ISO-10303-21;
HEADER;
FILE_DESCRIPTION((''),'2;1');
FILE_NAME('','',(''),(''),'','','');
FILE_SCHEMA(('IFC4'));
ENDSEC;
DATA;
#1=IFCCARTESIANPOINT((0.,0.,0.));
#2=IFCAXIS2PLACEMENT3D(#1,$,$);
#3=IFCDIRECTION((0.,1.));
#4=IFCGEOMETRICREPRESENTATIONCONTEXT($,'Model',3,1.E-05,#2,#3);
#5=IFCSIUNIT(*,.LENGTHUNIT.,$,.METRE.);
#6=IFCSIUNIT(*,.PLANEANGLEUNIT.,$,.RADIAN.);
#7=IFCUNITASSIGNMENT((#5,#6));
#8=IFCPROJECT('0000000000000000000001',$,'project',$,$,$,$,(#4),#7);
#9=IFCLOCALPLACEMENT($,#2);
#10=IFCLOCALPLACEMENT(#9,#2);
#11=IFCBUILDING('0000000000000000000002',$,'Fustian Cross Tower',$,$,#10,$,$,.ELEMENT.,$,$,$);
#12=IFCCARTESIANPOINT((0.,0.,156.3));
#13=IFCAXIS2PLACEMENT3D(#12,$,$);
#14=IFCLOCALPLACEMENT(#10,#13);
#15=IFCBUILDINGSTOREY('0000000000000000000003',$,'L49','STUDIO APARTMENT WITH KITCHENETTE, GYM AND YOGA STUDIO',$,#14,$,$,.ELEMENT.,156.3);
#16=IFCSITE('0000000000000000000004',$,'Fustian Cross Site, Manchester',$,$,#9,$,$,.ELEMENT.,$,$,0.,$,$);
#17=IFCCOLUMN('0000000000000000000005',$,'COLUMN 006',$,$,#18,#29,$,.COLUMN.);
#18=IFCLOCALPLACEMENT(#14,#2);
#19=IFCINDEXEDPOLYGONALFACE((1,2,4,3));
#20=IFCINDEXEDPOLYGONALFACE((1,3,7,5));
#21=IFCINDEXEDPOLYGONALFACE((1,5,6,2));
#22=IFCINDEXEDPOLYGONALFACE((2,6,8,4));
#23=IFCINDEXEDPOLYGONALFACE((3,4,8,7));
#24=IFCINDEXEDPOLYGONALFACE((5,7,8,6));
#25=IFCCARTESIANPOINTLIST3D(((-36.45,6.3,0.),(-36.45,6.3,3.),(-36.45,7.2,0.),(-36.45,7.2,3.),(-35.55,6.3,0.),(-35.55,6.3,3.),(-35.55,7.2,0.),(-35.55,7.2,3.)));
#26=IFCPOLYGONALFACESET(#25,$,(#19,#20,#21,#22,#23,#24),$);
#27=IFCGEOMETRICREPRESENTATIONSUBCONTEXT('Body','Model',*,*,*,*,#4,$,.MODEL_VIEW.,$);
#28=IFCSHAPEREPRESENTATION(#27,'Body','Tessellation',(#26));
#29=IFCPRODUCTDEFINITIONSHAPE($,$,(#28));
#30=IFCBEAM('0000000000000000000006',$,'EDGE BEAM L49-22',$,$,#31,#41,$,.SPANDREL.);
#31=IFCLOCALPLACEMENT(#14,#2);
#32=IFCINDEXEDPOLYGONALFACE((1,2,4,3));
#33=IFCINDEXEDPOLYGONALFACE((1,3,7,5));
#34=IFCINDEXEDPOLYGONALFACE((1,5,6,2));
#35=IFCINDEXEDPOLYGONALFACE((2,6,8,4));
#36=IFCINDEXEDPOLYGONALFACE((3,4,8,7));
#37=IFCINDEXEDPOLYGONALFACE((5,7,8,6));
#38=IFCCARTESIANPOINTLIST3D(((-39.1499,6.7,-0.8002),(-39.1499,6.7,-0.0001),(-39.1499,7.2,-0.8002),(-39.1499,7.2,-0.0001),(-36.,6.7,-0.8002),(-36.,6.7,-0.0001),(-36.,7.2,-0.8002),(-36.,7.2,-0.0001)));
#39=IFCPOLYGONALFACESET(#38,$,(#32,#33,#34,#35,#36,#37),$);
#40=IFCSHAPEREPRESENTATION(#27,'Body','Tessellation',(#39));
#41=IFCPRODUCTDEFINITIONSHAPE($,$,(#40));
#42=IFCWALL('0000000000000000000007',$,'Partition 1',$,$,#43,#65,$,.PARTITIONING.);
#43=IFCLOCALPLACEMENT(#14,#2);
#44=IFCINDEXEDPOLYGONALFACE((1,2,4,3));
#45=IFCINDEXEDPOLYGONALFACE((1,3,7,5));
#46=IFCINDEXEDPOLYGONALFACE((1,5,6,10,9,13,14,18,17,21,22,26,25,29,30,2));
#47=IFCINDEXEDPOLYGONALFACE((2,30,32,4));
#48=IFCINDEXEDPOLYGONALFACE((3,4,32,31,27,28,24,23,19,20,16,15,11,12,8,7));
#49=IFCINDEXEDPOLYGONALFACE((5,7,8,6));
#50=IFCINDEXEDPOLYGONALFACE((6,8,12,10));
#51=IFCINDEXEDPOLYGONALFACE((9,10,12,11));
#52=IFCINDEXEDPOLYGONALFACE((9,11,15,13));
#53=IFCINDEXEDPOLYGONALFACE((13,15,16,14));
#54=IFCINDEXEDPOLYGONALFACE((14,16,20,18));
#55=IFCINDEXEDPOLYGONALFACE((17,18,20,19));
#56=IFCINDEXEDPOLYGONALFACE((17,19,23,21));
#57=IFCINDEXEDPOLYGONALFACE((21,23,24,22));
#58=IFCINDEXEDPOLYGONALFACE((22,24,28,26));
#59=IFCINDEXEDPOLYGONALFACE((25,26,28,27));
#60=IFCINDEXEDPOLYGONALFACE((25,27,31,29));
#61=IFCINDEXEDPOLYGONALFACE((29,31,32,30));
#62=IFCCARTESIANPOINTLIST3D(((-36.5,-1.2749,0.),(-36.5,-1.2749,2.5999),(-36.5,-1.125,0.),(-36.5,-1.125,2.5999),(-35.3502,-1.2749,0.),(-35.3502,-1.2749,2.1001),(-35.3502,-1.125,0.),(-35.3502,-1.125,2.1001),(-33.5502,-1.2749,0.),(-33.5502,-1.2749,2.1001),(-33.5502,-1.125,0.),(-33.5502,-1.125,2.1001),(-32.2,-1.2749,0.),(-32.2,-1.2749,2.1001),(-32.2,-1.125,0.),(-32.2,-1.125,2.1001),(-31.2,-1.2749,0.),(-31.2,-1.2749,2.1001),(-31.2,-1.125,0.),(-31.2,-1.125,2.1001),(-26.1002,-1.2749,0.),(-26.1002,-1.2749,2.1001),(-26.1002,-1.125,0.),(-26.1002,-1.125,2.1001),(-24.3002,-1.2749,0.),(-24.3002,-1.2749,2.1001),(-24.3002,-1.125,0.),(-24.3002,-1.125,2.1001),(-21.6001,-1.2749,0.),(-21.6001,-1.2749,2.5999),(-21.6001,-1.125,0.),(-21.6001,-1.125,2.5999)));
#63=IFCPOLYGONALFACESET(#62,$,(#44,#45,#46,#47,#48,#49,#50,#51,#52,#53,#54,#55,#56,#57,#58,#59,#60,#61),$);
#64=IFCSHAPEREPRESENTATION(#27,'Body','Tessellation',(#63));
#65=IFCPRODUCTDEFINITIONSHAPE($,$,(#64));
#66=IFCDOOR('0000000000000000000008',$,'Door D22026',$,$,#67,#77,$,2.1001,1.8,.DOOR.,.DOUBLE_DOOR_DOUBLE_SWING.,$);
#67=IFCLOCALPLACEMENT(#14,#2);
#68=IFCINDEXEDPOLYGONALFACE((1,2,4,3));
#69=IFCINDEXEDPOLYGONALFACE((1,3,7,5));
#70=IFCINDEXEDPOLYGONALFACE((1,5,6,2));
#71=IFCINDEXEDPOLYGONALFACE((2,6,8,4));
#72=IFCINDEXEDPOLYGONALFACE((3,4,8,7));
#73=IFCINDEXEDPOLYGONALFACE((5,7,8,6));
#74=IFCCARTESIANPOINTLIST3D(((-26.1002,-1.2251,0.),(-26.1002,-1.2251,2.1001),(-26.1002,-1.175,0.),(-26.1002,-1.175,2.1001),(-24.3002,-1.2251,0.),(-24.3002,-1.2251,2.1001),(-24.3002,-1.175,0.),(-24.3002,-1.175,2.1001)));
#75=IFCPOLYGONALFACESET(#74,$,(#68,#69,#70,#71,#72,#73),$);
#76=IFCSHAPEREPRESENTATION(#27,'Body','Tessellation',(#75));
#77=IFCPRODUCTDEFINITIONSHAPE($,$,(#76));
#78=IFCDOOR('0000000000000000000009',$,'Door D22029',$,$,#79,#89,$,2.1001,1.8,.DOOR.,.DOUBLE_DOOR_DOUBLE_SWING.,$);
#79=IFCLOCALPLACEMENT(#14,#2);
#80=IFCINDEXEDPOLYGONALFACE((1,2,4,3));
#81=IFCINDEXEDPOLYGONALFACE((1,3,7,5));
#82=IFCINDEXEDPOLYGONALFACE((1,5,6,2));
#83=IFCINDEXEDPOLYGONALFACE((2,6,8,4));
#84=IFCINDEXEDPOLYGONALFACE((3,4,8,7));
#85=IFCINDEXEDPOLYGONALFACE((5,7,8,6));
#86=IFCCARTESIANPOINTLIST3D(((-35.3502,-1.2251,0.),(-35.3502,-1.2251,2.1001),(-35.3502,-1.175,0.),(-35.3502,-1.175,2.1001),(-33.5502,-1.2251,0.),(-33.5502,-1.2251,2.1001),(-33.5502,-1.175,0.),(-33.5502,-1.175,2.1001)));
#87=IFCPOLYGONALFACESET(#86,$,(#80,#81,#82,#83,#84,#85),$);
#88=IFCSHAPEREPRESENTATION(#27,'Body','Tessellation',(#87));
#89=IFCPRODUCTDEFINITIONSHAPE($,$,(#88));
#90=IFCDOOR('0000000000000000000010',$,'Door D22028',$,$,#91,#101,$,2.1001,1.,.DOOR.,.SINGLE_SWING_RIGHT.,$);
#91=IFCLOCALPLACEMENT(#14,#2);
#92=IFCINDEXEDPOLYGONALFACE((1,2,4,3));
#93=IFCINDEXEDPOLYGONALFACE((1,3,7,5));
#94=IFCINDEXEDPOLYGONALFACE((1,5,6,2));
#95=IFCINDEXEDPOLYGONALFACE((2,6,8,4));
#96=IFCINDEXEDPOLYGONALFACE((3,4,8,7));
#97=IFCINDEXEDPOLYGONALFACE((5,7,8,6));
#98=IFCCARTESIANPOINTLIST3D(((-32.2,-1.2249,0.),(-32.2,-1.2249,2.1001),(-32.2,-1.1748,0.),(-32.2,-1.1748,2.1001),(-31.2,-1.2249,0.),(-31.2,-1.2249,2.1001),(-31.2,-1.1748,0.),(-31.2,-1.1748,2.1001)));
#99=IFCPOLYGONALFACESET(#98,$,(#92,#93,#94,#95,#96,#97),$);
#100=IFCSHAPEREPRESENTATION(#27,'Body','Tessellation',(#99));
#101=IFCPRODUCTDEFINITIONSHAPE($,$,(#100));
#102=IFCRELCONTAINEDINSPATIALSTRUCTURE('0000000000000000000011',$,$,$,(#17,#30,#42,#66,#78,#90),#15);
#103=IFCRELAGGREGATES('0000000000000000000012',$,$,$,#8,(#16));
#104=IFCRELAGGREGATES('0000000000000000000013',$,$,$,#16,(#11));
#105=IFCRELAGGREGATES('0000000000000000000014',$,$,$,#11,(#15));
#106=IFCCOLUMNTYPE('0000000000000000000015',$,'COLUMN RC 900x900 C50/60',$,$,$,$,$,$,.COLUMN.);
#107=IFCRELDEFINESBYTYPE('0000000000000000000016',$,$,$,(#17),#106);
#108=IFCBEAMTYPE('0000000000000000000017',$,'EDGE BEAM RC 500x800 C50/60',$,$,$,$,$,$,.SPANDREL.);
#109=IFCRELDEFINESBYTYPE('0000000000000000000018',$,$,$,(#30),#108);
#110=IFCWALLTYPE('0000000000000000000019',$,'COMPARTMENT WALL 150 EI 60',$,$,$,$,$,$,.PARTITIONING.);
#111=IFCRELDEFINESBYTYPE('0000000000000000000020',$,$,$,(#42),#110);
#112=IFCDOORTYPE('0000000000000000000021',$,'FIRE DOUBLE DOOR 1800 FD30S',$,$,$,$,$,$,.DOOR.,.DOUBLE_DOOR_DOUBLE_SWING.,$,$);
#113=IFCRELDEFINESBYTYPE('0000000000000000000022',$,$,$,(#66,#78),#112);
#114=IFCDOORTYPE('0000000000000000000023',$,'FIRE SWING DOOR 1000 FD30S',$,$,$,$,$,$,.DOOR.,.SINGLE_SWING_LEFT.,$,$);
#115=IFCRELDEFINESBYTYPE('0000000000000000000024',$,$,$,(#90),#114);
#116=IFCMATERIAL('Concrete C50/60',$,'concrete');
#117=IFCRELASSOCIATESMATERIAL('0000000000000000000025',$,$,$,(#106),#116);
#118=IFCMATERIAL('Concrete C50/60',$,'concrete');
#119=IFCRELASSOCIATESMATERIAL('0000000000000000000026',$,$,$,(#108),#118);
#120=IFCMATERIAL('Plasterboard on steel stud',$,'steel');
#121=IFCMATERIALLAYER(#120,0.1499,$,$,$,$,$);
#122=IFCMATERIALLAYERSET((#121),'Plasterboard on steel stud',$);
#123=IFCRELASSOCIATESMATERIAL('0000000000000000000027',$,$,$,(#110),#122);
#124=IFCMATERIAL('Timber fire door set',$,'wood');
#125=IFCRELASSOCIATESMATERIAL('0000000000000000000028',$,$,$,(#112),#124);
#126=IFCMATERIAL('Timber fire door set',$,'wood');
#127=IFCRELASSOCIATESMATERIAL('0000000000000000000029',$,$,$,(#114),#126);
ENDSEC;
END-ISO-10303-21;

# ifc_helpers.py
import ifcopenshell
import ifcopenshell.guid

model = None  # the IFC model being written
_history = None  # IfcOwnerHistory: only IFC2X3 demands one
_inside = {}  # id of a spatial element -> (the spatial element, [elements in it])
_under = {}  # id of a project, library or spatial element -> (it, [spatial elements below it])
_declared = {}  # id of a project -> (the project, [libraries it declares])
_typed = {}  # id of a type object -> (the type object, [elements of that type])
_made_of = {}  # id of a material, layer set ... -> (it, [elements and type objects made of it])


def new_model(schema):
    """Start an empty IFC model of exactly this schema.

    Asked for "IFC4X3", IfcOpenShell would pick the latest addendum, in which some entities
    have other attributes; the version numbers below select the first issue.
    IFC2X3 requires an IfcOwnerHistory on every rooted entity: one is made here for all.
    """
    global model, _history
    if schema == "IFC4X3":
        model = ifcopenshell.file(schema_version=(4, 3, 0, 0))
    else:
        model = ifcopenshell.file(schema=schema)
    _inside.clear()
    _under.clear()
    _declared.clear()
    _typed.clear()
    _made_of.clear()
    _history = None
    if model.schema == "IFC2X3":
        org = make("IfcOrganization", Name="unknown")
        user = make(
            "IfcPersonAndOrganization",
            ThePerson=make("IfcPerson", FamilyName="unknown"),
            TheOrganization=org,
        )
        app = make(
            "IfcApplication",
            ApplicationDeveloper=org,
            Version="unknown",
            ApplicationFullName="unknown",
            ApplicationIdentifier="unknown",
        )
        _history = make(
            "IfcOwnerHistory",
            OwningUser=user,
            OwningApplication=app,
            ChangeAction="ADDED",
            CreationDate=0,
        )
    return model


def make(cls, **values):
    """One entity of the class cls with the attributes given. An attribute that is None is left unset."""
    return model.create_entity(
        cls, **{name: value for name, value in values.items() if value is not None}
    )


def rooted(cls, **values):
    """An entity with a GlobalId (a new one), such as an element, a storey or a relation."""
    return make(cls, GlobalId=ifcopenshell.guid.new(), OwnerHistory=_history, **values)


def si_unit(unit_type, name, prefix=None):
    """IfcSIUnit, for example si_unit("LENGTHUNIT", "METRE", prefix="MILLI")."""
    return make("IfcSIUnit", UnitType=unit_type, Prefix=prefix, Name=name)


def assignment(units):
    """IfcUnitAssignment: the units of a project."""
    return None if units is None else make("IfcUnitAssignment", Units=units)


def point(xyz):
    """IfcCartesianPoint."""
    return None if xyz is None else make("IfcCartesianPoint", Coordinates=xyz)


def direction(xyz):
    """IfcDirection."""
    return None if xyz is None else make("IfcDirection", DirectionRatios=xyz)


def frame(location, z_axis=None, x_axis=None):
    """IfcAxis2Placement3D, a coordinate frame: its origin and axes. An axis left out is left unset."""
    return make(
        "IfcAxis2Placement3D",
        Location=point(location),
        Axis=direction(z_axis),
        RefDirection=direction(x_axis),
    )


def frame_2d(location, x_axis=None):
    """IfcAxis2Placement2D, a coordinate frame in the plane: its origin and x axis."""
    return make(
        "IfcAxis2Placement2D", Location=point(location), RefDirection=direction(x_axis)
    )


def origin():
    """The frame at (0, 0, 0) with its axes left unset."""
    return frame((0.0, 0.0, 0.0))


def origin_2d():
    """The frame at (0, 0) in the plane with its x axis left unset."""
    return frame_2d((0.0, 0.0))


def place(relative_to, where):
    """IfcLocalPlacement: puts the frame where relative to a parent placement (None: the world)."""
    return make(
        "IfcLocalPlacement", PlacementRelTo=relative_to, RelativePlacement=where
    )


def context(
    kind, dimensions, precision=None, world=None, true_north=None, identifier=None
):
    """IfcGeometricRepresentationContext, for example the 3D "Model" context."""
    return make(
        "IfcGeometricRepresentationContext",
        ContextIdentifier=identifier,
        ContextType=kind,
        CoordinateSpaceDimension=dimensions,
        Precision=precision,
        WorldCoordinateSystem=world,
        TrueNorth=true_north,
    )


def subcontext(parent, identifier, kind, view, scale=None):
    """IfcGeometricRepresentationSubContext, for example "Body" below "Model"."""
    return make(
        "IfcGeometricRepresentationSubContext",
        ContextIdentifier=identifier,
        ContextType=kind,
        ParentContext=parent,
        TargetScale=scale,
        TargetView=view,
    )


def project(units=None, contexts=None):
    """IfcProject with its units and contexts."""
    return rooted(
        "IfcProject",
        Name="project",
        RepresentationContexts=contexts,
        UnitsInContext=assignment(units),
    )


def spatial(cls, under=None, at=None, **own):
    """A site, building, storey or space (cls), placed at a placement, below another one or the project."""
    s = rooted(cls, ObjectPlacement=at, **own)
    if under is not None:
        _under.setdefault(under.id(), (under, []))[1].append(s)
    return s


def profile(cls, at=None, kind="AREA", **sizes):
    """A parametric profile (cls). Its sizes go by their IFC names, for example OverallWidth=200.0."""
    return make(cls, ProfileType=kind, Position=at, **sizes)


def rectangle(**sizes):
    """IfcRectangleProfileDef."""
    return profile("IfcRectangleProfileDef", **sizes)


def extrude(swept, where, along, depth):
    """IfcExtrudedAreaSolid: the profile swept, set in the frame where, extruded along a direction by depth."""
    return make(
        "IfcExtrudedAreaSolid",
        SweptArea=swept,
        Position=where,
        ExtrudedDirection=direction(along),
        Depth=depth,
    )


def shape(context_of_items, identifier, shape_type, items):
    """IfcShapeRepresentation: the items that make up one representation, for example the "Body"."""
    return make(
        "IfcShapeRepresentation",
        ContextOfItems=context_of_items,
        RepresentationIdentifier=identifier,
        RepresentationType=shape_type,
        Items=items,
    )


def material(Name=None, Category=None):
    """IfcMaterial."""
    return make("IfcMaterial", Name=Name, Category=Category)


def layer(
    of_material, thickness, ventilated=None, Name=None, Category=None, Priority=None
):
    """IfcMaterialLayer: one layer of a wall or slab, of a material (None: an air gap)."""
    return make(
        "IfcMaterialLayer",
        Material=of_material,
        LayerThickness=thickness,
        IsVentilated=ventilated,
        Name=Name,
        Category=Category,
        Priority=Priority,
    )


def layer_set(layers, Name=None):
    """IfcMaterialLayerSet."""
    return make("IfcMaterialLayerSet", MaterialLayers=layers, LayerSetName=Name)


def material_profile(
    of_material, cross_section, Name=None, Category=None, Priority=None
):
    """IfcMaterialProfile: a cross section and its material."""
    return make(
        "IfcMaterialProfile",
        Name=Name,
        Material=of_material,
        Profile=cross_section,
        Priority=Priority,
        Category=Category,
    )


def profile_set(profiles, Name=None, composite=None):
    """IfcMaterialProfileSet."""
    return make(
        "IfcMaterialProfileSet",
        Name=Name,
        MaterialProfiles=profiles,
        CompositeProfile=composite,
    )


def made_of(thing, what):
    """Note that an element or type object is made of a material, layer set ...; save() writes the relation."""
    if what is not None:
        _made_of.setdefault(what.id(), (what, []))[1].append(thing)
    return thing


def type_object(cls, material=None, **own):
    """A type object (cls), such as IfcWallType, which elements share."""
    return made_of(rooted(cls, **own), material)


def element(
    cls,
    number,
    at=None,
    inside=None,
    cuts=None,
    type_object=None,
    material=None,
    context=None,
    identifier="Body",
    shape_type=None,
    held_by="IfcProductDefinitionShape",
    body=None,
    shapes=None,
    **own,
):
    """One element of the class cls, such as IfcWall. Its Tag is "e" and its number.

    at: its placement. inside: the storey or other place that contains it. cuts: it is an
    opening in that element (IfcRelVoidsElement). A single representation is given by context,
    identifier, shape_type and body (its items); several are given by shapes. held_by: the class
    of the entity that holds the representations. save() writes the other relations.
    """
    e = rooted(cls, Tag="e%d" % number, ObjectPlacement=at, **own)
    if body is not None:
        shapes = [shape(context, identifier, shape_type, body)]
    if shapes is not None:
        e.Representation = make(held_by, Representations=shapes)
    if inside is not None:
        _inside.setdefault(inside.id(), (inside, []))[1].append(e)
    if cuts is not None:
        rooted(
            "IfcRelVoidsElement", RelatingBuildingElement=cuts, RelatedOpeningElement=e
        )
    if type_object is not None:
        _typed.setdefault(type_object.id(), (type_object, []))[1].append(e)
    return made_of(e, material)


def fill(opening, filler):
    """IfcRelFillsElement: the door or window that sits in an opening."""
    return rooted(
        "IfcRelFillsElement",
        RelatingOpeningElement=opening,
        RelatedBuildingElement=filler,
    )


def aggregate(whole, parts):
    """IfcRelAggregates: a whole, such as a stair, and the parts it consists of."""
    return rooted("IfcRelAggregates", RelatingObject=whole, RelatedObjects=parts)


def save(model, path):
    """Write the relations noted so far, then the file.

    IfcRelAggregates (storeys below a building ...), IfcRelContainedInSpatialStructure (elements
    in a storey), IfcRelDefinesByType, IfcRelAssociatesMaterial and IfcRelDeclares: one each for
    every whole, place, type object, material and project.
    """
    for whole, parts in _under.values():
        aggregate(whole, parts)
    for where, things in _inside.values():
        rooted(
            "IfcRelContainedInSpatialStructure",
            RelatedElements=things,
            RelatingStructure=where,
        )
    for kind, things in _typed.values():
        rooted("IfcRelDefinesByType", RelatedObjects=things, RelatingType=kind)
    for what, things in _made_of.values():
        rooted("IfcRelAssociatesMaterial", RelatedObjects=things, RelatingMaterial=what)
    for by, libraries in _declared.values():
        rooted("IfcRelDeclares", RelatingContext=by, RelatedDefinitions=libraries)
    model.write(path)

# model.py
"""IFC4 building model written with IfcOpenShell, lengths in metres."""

from ifc_helpers import new_model, si_unit, direction, frame, frame_2d, origin, origin_2d, place, context, subcontext, project, spatial, rectangle, extrude, material, layer, layer_set, material_profile, profile_set, type_object, element, fill, save


model = new_model("IFC4")

# Units and contexts
model_context = context("Model", 3, precision=1e-05, world=origin(), true_north=direction((0.0, 1.0)))
body_context = subcontext(model_context, "Body", "Model", "MODEL_VIEW")
ifc_project = project(units=[si_unit("LENGTHUNIT", "METRE"), si_unit("PLANEANGLEUNIT", "RADIAN")], contexts=[model_context])

# Site, building, storey
site_placement = place(None, origin())
site = spatial("IfcSite", under=ifc_project, at=site_placement, Name="Fustian Cross Site, Manchester", CompositionType="ELEMENT", RefElevation=0.0)
building_placement = place(site_placement, origin())
building = spatial("IfcBuilding", under=site, at=building_placement, Name="Fustian Cross Tower", CompositionType="ELEMENT")
storey_placement = place(building_placement, frame((0.0, 0.0, 156.3)))
storey = spatial("IfcBuildingStorey", under=building, at=storey_placement, Name="L49", Description="STUDIO APARTMENT WITH KITCHENETTE, GYM AND YOGA STUDIO", CompositionType="ELEMENT", Elevation=156.3)

# Column
ifc_material_1 = material(Name="Concrete C50/60", Category="concrete")
ifc_material_profile_1 = material_profile(ifc_material_1, rectangle(XDim=0.8999, YDim=0.8999, at=origin_2d()), Name="RC 900x900")
ifc_profile_set_1 = profile_set([ifc_material_profile_1], Name="Concrete C50/60")
column_type = type_object("IfcColumnType", Name="COLUMN RC 900x900 C50/60", PredefinedType="COLUMN", material=ifc_profile_set_1)
column_placement = place(storey_placement, frame((-36.0, 6.75, 0.0), z_axis=(0.0, 0.0, 1.0), x_axis=(1.0, 0.0, 0.0)))
element("IfcColumn", 1, at=column_placement, inside=storey, type_object=column_type, Name="COLUMN 006", PredefinedType="COLUMN", context=body_context, shape_type="SweptSolid", body=[
    extrude(rectangle(XDim=0.8999, YDim=0.8999, at=origin_2d()), origin(), (0.0, 0.0, 1.0), 3.0),
])

# Beam
ifc_material_2 = material(Name="Concrete C50/60", Category="concrete")
ifc_material_profile_2 = material_profile(ifc_material_2, rectangle(XDim=0.5, YDim=0.8, at=origin_2d()), Name="RC 500x800")
ifc_profile_set_2 = profile_set([ifc_material_profile_2], Name="Concrete C50/60")
beam_type = type_object("IfcBeamType", Name="EDGE BEAM RC 500x800 C50/60", PredefinedType="SPANDREL", material=ifc_profile_set_2)
beam_placement = place(storey_placement, frame((-36.0, 6.95, -0.4001), z_axis=(-1.0, 0.0, 0.0), x_axis=(0.0, -1.0, 0.0)))
element("IfcBeam", 2, at=beam_placement, inside=storey, type_object=beam_type, Name="EDGE BEAM L49-22", PredefinedType="SPANDREL", context=body_context, shape_type="SweptSolid", body=[
    extrude(rectangle(XDim=0.5, YDim=0.8, at=origin_2d()), origin(), (0.0, 0.0, 1.0), 3.1499),
])

# Wall, openings, doors
ifc_material_3 = material(Name="Plasterboard on steel stud", Category="steel")
ifc_layer_1 = layer(ifc_material_3, 0.1499)
ifc_layer_set_1 = layer_set([ifc_layer_1], Name="Plasterboard on steel stud")
wall_type_1 = type_object("IfcWallType", Name="COMPARTMENT WALL 150 EI 60", PredefinedType="PARTITIONING", material=ifc_layer_set_1)
wall_1_placement = place(storey_placement, frame((-36.5, -1.2, 0.0), z_axis=(0.0, 0.0, 1.0), x_axis=(1.0, 0.0, 0.0)))
wall_1 = element("IfcWall", 3, at=wall_1_placement, inside=storey, type_object=wall_type_1, Name="Partition 1", PredefinedType="PARTITIONING", context=body_context, shape_type="SweptSolid", body=[
    extrude(rectangle(XDim=14.8999, YDim=0.1499, at=frame_2d((7.45, 0.0))), origin(), (0.0, 0.0, 1.0), 2.5999),
])
opening_1_placement = place(wall_1_placement, frame((10.3999, 0.0, 0.0)))
opening_1 = element("IfcOpeningElement", 4, at=opening_1_placement, cuts=wall_1, PredefinedType="OPENING", context=body_context, shape_type="SweptSolid", body=[
    extrude(rectangle(XDim=1.8, YDim=2.1001, at=frame_2d((0.8999, 1.05))), frame((0.0, 0.085, 0.0), z_axis=(0.0, -1.0, 0.0), x_axis=(1.0, 0.0, 0.0)), (0.0, 0.0, 1.0), 0.1699),
])
opening_2_placement = place(wall_1_placement, frame((4.3, 0.0, 0.0)))
opening_2 = element("IfcOpeningElement", 5, at=opening_2_placement, cuts=wall_1, PredefinedType="OPENING", context=body_context, shape_type="SweptSolid", body=[
    extrude(rectangle(XDim=1.0, YDim=2.1001, at=frame_2d((0.5, 1.05))), frame((0.0, 0.085, 0.0), z_axis=(0.0, -1.0, 0.0), x_axis=(1.0, 0.0, 0.0)), (0.0, 0.0, 1.0), 0.1699),
])
opening_3_placement = place(wall_1_placement, frame((1.1499, 0.0, 0.0)))
opening_3 = element("IfcOpeningElement", 6, at=opening_3_placement, cuts=wall_1, PredefinedType="OPENING", context=body_context, shape_type="SweptSolid", body=[
    extrude(rectangle(XDim=1.8, YDim=2.1001, at=frame_2d((0.8999, 1.05))), frame((0.0, 0.085, 0.0), z_axis=(0.0, -1.0, 0.0), x_axis=(1.0, 0.0, 0.0)), (0.0, 0.0, 1.0), 0.1699),
])
ifc_material_4 = material(Name="Timber fire door set", Category="wood")
door_type_1 = type_object("IfcDoorType", Name="FIRE DOUBLE DOOR 1800 FD30S", OperationType="DOUBLE_DOOR_DOUBLE_SWING", PredefinedType="DOOR", material=ifc_material_4)
door_1_placement = place(opening_1_placement, origin())
door_1 = element("IfcDoor", 7, at=door_1_placement, inside=storey, type_object=door_type_1, Name="Door D22026", OperationType="DOUBLE_DOOR_DOUBLE_SWING", OverallHeight=2.1001, OverallWidth=1.8, PredefinedType="DOOR", context=body_context, shape_type="SweptSolid", body=[
    extrude(rectangle(XDim=1.8, YDim=2.1001, at=frame_2d((0.8999, 1.05))), frame((0.0, 0.0249, 0.0), z_axis=(0.0, -1.0, 0.0), x_axis=(1.0, 0.0, 0.0)), (0.0, 0.0, 1.0), 0.05),
])
fill(opening_1, door_1)
door_2_placement = place(opening_3_placement, origin())
door_2 = element("IfcDoor", 8, at=door_2_placement, inside=storey, type_object=door_type_1, Name="Door D22029", OperationType="DOUBLE_DOOR_DOUBLE_SWING", OverallHeight=2.1001, OverallWidth=1.8, PredefinedType="DOOR", context=body_context, shape_type="SweptSolid", body=[
    extrude(rectangle(XDim=1.8, YDim=2.1001, at=frame_2d((0.8999, 1.05))), frame((0.0, 0.0249, 0.0), z_axis=(0.0, -1.0, 0.0), x_axis=(1.0, 0.0, 0.0)), (0.0, 0.0, 1.0), 0.05),
])
fill(opening_3, door_2)
ifc_material_5 = material(Name="Timber fire door set", Category="wood")
door_type_2 = type_object("IfcDoorType", Name="FIRE SWING DOOR 1000 FD30S", OperationType="SINGLE_SWING_LEFT", PredefinedType="DOOR", material=ifc_material_5)
door_3_placement = place(opening_2_placement, frame((1.0, 0.0, 0.0), z_axis=(0.0, 0.0, 1.0), x_axis=(-1.0, 0.0, 0.0)))
door_3 = element("IfcDoor", 9, at=door_3_placement, inside=storey, type_object=door_type_2, Name="Door D22028", OperationType="SINGLE_SWING_RIGHT", OverallHeight=2.1001, OverallWidth=1.0, PredefinedType="DOOR", context=body_context, shape_type="SweptSolid", body=[
    extrude(rectangle(XDim=1.0, YDim=2.1001, at=frame_2d((0.5, 1.05))), frame((0.0, 0.0249, 0.0), z_axis=(0.0, -1.0, 0.0), x_axis=(1.0, 0.0, 0.0)), (0.0, 0.0, 1.0), 0.05),
])
fill(opening_2, door_3)

save(model, "model.ifc")
